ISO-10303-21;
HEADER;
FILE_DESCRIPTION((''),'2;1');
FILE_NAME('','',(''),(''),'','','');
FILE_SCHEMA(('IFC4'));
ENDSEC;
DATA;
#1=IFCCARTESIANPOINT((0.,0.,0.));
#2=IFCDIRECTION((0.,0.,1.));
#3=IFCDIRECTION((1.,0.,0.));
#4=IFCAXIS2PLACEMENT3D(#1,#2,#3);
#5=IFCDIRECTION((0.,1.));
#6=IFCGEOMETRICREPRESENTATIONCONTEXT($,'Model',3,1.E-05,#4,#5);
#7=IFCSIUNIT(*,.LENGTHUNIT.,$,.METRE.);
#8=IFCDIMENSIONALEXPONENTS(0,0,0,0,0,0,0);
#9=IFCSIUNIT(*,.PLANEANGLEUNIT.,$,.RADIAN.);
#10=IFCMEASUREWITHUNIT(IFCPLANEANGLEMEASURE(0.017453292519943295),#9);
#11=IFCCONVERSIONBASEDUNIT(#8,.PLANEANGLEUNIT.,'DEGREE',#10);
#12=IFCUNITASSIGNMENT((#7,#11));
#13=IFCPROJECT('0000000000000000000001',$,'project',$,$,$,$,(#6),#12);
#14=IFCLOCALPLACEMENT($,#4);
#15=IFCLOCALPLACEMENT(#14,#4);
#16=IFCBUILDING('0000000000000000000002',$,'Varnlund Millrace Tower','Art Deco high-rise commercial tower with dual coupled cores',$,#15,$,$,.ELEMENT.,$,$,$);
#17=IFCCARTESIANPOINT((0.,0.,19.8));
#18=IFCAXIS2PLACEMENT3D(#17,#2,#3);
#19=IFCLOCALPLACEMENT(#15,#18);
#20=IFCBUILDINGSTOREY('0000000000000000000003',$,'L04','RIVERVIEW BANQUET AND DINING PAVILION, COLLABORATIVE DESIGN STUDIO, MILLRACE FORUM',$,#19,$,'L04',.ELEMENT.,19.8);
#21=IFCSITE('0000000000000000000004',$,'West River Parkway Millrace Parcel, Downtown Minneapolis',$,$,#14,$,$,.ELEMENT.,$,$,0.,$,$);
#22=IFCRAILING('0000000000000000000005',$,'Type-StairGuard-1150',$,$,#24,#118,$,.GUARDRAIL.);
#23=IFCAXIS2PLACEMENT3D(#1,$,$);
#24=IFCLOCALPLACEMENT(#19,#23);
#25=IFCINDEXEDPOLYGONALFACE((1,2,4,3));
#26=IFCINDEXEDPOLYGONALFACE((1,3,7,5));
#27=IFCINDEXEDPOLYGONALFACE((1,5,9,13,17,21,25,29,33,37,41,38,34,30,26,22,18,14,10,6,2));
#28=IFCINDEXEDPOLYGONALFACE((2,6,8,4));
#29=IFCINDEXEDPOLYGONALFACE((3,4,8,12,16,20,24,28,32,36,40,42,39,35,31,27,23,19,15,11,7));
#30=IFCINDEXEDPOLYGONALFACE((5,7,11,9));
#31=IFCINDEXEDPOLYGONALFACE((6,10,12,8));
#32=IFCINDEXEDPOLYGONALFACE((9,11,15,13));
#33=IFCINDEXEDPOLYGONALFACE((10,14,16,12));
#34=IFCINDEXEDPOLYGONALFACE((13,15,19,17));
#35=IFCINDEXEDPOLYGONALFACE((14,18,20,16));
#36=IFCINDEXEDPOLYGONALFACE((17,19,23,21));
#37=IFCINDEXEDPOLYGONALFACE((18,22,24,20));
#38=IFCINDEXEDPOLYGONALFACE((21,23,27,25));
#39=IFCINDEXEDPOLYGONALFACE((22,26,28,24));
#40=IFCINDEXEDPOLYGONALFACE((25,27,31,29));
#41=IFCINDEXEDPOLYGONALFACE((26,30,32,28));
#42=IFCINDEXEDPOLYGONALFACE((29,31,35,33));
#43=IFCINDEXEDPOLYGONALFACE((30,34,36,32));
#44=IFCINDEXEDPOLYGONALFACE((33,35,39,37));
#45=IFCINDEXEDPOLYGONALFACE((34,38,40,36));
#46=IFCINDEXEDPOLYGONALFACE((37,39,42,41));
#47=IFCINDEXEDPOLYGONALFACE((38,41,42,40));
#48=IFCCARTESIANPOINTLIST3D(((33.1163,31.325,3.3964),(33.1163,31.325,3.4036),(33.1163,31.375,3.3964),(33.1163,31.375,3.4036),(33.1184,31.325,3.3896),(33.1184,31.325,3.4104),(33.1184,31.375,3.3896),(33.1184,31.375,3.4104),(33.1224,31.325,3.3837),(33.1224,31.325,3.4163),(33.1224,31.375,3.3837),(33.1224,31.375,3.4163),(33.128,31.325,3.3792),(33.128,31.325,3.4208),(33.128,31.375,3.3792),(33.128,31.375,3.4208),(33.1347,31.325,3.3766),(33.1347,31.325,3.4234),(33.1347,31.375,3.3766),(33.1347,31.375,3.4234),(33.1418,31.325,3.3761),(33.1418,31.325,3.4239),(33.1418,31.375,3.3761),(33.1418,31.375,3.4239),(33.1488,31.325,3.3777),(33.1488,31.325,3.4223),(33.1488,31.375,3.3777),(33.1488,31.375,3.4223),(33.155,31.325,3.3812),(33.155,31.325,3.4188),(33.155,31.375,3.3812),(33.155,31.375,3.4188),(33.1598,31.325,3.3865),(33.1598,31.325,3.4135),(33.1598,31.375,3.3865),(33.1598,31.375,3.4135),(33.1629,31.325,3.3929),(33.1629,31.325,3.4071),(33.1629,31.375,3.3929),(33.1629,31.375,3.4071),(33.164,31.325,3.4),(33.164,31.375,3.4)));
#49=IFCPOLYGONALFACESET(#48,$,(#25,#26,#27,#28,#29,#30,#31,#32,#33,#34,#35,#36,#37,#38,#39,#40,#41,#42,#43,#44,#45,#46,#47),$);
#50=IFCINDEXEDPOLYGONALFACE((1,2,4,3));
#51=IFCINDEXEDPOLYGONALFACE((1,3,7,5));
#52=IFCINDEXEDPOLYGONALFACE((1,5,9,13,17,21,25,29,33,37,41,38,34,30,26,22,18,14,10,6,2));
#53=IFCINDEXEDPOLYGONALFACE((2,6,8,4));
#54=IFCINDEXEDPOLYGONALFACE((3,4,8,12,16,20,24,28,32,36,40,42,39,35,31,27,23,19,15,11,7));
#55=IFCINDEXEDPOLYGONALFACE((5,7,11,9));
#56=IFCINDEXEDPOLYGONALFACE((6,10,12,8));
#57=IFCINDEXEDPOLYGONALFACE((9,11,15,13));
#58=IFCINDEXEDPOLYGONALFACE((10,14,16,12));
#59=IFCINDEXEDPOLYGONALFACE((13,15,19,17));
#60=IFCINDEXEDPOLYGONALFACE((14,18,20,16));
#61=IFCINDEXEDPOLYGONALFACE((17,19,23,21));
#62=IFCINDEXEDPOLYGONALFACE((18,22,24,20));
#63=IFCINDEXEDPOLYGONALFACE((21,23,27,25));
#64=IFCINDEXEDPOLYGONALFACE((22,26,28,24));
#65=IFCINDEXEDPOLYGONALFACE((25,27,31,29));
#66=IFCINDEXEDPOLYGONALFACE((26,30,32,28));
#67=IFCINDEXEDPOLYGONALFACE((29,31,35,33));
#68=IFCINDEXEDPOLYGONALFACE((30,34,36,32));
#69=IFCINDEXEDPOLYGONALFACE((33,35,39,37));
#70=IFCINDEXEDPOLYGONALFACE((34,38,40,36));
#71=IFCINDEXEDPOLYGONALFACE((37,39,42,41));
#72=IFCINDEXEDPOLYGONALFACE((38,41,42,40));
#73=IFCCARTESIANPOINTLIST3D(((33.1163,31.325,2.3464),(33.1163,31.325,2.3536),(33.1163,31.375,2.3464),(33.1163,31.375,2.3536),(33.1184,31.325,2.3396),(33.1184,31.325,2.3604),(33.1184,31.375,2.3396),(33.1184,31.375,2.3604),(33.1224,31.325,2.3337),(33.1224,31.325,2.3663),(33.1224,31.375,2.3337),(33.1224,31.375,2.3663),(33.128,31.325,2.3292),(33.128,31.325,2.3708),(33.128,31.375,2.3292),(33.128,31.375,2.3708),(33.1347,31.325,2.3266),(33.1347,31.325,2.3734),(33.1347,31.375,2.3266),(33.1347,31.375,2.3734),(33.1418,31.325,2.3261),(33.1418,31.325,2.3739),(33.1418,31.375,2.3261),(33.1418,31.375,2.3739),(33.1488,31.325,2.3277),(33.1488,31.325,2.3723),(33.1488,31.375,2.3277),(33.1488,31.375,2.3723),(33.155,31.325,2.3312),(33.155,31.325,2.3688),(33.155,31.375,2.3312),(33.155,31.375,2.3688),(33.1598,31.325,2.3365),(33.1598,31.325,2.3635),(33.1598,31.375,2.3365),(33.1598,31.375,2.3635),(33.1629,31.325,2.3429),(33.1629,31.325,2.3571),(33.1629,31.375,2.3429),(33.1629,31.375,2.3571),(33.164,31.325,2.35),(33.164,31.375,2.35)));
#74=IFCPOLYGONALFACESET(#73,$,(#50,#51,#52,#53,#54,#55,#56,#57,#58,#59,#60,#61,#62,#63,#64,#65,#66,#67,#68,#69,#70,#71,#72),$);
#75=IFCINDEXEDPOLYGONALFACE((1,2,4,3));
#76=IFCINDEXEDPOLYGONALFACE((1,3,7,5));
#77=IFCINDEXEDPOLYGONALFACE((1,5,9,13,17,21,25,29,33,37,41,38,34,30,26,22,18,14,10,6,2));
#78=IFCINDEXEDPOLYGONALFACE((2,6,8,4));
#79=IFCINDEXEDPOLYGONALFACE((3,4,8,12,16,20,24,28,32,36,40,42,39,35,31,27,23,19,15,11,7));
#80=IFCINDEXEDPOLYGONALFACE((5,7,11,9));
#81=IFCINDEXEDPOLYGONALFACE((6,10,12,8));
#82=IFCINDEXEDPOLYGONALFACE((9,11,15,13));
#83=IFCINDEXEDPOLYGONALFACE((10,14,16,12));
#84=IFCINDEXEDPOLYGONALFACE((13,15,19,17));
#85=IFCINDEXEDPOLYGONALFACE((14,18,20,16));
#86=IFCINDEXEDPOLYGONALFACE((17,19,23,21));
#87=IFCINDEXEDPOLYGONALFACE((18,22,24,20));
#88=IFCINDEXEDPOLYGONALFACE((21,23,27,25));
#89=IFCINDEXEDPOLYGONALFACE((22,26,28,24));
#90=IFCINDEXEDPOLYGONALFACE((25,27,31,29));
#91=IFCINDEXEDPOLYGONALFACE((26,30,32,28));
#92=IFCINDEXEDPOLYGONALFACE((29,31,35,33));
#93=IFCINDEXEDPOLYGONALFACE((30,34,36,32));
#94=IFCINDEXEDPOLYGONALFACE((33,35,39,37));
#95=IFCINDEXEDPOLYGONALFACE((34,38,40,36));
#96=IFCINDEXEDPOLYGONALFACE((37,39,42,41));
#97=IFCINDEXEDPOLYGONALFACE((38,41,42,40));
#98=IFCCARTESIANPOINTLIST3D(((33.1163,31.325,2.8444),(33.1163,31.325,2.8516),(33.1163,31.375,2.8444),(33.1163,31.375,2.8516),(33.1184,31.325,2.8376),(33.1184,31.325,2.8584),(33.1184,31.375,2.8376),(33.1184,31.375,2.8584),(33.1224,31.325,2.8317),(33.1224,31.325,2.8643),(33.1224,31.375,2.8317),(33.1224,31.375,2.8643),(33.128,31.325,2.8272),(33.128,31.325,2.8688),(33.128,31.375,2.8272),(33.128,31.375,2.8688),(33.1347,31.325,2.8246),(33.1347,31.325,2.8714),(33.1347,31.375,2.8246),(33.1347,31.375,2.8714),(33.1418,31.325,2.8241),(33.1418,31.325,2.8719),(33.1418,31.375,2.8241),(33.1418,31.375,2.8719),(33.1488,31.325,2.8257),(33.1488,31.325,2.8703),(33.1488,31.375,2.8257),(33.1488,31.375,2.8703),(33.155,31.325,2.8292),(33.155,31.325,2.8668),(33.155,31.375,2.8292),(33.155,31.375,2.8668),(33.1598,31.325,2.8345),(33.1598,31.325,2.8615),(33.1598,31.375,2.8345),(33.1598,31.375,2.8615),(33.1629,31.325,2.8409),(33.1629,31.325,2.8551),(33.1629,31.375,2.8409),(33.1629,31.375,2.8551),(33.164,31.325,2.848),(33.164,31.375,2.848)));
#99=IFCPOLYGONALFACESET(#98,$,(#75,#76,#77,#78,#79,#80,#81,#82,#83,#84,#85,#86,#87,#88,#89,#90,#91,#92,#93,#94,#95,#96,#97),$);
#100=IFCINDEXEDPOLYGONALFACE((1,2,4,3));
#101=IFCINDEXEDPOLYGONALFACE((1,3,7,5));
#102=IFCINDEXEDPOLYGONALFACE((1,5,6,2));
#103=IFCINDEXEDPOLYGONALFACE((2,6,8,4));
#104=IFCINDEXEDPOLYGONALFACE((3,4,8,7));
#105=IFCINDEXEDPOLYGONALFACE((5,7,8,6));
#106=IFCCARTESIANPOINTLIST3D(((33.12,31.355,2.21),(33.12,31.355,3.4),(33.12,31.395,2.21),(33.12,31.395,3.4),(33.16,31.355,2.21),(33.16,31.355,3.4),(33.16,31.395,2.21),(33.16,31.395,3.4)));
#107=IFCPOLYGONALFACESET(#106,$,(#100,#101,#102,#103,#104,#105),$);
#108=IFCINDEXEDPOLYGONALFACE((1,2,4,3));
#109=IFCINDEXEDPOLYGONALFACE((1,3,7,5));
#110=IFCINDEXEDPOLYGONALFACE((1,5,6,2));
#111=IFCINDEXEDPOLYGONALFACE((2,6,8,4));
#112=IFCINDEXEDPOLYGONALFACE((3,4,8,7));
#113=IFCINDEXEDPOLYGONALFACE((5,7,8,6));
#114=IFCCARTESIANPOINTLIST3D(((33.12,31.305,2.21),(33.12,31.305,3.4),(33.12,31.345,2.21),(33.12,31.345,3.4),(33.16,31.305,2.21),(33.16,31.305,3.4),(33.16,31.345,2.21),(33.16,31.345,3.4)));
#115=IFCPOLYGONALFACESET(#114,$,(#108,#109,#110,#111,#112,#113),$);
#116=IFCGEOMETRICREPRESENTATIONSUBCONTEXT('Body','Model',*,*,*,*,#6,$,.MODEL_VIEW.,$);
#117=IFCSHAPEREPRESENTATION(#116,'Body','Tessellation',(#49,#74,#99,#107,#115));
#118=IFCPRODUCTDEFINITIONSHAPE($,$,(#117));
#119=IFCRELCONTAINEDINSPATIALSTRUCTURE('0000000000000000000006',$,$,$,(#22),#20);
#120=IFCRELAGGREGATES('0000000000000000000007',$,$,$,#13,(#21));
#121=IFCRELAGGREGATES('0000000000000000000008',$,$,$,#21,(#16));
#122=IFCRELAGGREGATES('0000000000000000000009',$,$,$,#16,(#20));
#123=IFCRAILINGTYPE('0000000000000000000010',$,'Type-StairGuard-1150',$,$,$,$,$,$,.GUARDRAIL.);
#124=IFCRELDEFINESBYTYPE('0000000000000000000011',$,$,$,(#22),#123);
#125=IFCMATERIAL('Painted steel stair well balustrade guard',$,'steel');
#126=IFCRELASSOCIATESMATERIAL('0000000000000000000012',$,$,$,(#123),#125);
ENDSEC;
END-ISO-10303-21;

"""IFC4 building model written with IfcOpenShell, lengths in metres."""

from ifc_helpers import new_model, entity, si_unit, converted_unit, direction, frame, origin_with_axes, origin_2d_with_axis, place, context, subcontext, project, spatial, rectangle, circle, extrude, material, type_object, element, save


model = new_model("IFC4")

# Units and contexts
model_context = context("Model", 3, precision=1e-05, world=origin_with_axes(), true_north=direction((0.0, 1.0)))
body_context = subcontext(model_context, "Body", "Model", "MODEL_VIEW")
ifc_project = project(units=[si_unit("LENGTHUNIT", "METRE"), converted_unit("PLANEANGLEUNIT", "DEGREE", entity("IfcPlaneAngleMeasure", 0.017453292519943295), si_unit("PLANEANGLEUNIT", "RADIAN"), dimensions=[0, 0, 0, 0, 0, 0, 0])], contexts=[model_context])

# Site, building, storey
site_placement = place(None, origin_with_axes())
site = spatial("IfcSite", under=ifc_project, at=site_placement, Name="West River Parkway Millrace Parcel, Downtown Minneapolis", CompositionType="ELEMENT", RefElevation=0.0)
building_placement = place(site_placement, origin_with_axes())
building = spatial("IfcBuilding", under=site, at=building_placement, Name="Varnlund Millrace Tower", Description="Art Deco high-rise commercial tower with dual coupled cores", CompositionType="ELEMENT")
storey_placement = place(building_placement, frame((0.0, 0.0, 19.8), z_axis=(0.0, 0.0, 1.0), x_axis=(1.0, 0.0, 0.0)))
storey = spatial("IfcBuildingStorey", under=building, at=storey_placement, Name="L04", Description="RIVERVIEW BANQUET AND DINING PAVILION, COLLABORATIVE DESIGN STUDIO, MILLRACE FORUM", LongName="L04", CompositionType="ELEMENT", Elevation=19.8)

# Railing
ifc_material_1 = material(Name="Painted steel stair well balustrade guard", Category="steel")
railing_type_1 = type_object("IfcRailingType", Name="Type-StairGuard-1150", PredefinedType="GUARDRAIL", material=ifc_material_1)
railing_1_placement = place(storey_placement, frame((0.0, 0.0, -19.8), z_axis=(0.0, 0.0, 1.0), x_axis=(1.0, 0.0, 0.0)))
element("IfcRailing", 1, at=railing_1_placement, inside=storey, type_object=railing_type_1, Name="Type-StairGuard-1150", PredefinedType="GUARDRAIL", context=body_context, shape_type="SweptSolid", body=[
    extrude(circle(Radius=0.024, at=origin_2d_with_axis()), frame((33.14, 31.375, 23.2), z_axis=(0.0, -1.0, 0.0), x_axis=(1.0, 0.0, 0.0)), (0.0, 0.0, 1.0), 0.05),
    extrude(circle(Radius=0.024, at=origin_2d_with_axis()), frame((33.14, 31.375, 22.15), z_axis=(0.0, -1.0, 0.0), x_axis=(1.0, 0.0, 0.0)), (0.0, 0.0, 1.0), 0.05),
    extrude(circle(Radius=0.024, at=origin_2d_with_axis()), frame((33.14, 31.375, 22.648), z_axis=(0.0, -1.0, 0.0), x_axis=(1.0, 0.0, 0.0)), (0.0, 0.0, 1.0), 0.05),
    extrude(rectangle(XDim=0.04, YDim=0.04, at=origin_2d_with_axis()), frame((33.14, 31.375, 22.01), z_axis=(0.0, 0.0, 1.0), x_axis=(1.0, 0.0, 0.0)), (0.0, 0.0, 1.0), 1.19),
    extrude(rectangle(XDim=0.04, YDim=0.04, at=origin_2d_with_axis()), frame((33.14, 31.325, 22.01), z_axis=(0.0, 0.0, 1.0), x_axis=(1.0, 0.0, 0.0)), (0.0, 0.0, 1.0), 1.19),
])

save(model, "model.ifc")
